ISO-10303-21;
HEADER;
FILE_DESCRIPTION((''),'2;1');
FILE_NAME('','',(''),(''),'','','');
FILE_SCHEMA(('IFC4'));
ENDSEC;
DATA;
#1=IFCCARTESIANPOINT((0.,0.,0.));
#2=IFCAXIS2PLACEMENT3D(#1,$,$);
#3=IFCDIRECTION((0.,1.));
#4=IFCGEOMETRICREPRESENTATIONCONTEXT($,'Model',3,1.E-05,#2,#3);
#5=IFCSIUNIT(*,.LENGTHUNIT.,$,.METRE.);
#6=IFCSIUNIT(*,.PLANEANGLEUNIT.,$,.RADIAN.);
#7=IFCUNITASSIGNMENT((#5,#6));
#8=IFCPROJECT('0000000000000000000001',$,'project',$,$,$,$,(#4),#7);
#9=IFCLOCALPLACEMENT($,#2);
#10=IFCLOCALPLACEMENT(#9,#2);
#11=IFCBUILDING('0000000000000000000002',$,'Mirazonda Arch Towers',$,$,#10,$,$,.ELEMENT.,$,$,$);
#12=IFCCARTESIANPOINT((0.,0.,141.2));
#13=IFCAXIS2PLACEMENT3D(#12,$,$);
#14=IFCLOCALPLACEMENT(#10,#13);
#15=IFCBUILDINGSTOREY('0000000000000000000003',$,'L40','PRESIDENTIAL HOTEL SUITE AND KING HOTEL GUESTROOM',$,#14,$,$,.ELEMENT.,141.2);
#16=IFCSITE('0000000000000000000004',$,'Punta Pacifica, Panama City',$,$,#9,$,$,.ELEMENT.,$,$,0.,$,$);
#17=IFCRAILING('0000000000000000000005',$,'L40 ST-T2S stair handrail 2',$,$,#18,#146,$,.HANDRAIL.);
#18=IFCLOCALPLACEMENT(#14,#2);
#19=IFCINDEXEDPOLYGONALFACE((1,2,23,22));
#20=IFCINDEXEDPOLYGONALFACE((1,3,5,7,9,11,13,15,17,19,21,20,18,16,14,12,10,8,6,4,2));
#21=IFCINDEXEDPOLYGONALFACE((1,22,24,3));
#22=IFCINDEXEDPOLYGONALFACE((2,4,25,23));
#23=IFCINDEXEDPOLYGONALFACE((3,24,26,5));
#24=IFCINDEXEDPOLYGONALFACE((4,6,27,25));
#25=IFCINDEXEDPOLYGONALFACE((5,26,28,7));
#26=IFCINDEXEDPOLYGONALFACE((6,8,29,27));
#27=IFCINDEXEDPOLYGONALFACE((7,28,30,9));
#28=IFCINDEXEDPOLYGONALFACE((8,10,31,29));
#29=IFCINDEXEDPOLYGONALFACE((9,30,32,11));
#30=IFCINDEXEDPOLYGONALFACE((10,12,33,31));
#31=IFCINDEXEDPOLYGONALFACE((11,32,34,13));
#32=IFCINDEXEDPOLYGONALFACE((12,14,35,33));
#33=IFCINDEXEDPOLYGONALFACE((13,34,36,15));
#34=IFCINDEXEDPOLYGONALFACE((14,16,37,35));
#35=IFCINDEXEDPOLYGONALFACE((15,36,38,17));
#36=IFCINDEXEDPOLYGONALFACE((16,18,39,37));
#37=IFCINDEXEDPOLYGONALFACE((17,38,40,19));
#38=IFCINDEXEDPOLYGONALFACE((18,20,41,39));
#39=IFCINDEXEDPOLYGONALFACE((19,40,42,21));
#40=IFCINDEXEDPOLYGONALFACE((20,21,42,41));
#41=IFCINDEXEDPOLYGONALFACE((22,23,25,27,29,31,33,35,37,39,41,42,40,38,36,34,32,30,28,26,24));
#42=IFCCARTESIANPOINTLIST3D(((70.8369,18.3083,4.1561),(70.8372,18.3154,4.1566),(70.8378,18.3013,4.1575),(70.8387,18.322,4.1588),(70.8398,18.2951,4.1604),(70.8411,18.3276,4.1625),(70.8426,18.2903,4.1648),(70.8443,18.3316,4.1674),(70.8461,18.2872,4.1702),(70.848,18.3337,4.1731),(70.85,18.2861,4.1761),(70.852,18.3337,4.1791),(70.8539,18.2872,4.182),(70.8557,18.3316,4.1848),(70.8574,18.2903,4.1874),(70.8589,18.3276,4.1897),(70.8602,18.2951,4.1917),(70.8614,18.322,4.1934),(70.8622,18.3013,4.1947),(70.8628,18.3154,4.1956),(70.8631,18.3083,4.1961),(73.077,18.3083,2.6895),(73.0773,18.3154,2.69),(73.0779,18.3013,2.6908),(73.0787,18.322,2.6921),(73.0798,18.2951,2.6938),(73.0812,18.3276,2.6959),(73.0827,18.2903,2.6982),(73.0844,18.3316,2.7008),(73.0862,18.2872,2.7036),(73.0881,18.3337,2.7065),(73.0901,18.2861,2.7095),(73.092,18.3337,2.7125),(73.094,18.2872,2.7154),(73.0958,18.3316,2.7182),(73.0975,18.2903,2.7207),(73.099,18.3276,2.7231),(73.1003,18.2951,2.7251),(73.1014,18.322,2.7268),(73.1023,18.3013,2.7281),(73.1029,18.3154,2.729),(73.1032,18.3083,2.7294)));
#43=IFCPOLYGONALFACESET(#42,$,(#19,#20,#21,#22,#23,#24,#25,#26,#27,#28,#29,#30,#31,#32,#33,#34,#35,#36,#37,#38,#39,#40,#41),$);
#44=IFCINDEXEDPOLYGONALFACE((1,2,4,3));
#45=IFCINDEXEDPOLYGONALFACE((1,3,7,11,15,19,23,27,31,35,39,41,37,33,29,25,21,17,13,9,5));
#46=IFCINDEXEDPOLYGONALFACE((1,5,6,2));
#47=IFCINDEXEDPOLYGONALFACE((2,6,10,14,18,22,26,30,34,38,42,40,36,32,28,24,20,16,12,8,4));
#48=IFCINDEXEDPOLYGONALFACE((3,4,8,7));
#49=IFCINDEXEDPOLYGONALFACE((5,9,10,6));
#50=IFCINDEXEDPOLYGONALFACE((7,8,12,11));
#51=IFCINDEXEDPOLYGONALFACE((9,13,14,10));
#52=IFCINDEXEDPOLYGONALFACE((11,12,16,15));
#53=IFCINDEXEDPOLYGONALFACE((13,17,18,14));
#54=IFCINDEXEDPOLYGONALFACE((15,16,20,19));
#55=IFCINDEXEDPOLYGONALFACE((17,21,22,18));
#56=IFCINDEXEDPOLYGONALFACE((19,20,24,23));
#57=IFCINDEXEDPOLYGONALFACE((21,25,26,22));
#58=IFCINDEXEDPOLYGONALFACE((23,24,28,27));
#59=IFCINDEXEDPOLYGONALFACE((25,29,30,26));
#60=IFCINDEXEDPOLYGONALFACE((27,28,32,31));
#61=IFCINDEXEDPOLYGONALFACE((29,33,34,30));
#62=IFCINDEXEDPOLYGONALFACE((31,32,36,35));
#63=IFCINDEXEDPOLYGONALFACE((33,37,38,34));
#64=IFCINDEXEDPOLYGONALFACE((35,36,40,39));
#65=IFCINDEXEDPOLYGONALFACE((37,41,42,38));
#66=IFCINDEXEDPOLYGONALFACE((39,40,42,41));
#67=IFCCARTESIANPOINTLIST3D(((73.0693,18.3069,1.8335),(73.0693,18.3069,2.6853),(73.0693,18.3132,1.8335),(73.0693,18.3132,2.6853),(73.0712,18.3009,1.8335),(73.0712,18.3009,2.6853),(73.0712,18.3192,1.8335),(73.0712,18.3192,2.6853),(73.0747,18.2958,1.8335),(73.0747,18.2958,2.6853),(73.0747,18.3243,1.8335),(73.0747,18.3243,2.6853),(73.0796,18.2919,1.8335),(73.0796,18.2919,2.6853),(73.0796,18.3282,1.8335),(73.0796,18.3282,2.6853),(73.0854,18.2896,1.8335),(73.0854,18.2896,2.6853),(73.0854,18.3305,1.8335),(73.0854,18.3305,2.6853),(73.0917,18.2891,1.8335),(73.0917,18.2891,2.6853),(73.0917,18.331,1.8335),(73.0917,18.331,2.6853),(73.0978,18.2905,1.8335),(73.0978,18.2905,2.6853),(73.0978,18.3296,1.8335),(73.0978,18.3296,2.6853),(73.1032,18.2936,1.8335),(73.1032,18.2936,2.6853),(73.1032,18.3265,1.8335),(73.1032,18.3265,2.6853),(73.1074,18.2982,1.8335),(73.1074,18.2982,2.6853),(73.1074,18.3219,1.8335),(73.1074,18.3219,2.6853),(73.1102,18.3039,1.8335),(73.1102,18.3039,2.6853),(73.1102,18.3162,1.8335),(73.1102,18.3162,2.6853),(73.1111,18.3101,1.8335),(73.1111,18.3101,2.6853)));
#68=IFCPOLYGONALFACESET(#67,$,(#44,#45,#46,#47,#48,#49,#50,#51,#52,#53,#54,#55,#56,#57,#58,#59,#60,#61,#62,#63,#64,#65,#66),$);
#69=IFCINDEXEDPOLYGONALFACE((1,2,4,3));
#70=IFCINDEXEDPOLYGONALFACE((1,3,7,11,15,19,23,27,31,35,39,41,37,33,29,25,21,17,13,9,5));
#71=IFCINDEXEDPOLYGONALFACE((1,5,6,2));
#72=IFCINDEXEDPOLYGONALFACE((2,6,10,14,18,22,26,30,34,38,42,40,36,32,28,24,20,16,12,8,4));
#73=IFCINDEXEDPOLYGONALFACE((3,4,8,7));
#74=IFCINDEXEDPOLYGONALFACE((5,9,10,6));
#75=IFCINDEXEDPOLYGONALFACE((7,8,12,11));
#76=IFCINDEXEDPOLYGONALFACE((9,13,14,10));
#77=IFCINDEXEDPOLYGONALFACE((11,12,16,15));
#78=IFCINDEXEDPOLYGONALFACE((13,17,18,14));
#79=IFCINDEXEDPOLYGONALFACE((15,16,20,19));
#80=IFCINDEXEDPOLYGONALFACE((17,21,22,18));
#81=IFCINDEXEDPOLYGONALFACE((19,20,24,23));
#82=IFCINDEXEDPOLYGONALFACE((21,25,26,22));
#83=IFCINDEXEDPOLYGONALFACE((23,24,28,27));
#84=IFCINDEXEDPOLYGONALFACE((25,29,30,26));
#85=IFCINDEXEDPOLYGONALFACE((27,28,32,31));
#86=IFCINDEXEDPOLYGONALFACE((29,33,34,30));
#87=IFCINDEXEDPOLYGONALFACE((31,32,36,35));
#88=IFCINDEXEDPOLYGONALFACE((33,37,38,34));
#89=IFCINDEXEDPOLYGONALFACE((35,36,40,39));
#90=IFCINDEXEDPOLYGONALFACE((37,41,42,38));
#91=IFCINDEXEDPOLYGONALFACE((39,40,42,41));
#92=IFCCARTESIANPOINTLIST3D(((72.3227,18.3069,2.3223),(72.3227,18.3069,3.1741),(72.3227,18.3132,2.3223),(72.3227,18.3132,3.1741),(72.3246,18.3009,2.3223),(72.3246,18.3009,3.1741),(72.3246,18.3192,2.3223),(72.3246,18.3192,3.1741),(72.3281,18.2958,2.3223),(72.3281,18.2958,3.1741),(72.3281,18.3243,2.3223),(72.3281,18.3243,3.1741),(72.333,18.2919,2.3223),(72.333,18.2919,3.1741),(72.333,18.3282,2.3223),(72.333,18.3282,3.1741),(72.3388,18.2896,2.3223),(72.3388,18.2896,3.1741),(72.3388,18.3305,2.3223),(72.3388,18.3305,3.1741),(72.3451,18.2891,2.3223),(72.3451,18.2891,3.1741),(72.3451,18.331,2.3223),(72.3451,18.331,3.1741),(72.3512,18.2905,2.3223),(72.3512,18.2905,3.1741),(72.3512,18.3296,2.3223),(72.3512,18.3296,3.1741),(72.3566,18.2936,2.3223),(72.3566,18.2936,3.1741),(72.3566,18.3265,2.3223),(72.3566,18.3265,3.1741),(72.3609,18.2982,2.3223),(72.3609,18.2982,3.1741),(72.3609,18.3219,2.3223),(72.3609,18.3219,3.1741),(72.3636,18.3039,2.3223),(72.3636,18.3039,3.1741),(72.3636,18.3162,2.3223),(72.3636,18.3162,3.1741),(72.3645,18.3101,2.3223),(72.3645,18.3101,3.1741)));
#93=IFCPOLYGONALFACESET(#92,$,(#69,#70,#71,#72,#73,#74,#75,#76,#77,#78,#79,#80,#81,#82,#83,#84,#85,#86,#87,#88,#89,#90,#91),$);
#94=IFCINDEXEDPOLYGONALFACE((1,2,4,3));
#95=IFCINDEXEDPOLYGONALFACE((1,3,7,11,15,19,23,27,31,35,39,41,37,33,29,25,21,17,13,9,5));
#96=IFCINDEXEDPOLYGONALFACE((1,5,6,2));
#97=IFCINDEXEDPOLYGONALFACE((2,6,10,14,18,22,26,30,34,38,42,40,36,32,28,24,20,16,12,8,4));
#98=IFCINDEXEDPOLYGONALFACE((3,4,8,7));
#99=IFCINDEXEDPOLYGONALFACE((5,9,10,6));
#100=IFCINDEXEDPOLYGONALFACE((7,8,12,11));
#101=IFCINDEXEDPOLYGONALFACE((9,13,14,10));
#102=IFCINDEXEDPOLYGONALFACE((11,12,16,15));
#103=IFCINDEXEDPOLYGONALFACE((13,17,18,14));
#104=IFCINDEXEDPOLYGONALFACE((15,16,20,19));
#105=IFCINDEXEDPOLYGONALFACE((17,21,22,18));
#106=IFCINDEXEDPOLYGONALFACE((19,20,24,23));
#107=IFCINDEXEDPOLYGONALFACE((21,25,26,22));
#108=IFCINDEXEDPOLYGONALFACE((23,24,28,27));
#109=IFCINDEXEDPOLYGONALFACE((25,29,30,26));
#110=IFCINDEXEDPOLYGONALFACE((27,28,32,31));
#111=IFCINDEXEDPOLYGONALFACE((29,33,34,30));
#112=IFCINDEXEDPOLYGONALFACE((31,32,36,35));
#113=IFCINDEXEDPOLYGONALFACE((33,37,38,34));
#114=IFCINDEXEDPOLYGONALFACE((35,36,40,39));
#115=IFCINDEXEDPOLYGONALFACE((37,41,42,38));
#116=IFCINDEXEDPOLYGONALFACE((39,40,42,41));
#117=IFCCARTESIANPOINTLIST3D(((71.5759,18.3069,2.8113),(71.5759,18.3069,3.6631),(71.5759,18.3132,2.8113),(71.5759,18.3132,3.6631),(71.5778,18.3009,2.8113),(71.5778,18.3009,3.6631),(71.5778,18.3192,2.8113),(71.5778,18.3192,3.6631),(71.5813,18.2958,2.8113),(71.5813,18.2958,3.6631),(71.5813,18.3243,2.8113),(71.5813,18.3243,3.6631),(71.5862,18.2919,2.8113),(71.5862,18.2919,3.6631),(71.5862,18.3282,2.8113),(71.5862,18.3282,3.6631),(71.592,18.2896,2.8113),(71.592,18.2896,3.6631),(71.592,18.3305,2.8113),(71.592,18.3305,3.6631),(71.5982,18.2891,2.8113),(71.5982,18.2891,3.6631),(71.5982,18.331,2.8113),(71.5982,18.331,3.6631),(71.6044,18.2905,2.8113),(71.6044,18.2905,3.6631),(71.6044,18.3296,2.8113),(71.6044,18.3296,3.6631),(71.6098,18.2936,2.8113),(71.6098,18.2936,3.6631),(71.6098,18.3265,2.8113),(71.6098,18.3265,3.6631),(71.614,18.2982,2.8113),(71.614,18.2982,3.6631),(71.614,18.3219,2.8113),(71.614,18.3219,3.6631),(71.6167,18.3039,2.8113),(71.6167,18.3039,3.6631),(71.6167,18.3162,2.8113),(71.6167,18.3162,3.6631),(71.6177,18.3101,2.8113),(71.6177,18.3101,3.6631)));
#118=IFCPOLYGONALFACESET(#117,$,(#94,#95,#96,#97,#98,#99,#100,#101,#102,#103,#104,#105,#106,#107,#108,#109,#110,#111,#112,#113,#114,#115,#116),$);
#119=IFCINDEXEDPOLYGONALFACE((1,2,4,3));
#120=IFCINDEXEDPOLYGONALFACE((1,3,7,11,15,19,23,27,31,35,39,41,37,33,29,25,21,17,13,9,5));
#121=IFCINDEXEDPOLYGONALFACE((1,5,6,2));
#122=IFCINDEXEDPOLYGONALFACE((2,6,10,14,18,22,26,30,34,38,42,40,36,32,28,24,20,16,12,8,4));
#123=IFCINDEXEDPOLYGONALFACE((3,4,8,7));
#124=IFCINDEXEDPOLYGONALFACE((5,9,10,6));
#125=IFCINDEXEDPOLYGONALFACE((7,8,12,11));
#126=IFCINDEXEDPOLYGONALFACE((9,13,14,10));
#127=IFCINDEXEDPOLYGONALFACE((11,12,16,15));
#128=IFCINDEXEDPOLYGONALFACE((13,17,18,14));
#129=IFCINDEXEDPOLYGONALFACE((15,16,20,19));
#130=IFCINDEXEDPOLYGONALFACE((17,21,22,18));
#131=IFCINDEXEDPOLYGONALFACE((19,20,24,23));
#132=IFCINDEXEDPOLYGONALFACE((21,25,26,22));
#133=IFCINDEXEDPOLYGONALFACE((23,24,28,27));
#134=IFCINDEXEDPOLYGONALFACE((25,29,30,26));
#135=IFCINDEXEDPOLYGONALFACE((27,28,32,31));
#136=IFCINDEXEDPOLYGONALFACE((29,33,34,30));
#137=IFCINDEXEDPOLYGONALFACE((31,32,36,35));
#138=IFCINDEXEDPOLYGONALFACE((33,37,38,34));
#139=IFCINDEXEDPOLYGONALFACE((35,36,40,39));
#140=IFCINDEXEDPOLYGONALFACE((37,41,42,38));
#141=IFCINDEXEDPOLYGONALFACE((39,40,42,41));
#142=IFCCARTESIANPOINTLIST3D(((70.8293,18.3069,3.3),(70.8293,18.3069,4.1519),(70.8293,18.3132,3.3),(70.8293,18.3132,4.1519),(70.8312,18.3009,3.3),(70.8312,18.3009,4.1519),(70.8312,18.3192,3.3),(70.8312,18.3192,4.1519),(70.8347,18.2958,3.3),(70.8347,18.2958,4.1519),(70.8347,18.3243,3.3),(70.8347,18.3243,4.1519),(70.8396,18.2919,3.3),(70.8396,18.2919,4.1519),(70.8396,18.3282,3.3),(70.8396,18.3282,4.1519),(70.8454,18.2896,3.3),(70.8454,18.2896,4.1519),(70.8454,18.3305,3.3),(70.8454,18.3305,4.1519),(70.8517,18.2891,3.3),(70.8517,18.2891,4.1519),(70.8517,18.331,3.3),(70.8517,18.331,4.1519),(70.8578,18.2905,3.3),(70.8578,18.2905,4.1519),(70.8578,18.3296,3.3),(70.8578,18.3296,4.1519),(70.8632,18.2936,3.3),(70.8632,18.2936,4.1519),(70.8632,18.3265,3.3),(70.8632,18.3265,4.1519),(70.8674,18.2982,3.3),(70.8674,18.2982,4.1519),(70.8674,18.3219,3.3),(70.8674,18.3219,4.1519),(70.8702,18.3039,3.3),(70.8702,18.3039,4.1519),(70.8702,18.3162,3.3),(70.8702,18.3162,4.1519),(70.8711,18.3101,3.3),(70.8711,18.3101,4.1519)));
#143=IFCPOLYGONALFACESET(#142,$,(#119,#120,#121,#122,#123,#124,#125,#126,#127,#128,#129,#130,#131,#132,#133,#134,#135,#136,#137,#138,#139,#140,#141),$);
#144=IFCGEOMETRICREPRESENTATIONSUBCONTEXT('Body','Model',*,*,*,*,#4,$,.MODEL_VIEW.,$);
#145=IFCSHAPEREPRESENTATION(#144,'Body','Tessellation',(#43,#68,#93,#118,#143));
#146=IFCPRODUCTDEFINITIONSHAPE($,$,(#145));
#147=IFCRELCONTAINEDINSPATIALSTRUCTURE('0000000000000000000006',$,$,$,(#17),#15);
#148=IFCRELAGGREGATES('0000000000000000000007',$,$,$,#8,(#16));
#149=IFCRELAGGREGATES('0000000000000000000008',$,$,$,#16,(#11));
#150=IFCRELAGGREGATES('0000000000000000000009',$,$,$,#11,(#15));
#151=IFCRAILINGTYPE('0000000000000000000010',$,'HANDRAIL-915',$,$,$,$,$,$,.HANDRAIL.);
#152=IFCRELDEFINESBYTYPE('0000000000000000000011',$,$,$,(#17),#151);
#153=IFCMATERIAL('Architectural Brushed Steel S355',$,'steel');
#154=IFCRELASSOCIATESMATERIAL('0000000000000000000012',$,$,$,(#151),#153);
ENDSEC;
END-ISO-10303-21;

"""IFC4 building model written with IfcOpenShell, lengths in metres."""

from ifc_helpers import new_model, si_unit, direction, frame, origin, origin_2d, place, context, subcontext, project, spatial, circle, extrude, material, type_object, element, save


model = new_model("IFC4")

# Units and contexts
model_context = context("Model", 3, precision=1e-05, world=origin(), true_north=direction((0.0, 1.0)))
body_context = subcontext(model_context, "Body", "Model", "MODEL_VIEW")
ifc_project = project(units=[si_unit("LENGTHUNIT", "METRE"), si_unit("PLANEANGLEUNIT", "RADIAN")], contexts=[model_context])

# Site, building, storey
site_placement = place(None, origin())
site = spatial("IfcSite", under=ifc_project, at=site_placement, Name="Punta Pacifica, Panama City", CompositionType="ELEMENT", RefElevation=0.0)
building_placement = place(site_placement, origin())
building = spatial("IfcBuilding", under=site, at=building_placement, Name="Mirazonda Arch Towers", CompositionType="ELEMENT")
storey_placement = place(building_placement, frame((0.0, 0.0, 141.2)))
storey = spatial("IfcBuildingStorey", under=building, at=storey_placement, Name="L40", Description="PRESIDENTIAL HOTEL SUITE AND KING HOTEL GUESTROOM", CompositionType="ELEMENT", Elevation=141.2)

# Railing
ifc_material_1 = material(Name="Architectural Brushed Steel S355", Category="steel")
railing_type_1 = type_object("IfcRailingType", Name="HANDRAIL-915", PredefinedType="HANDRAIL", material=ifc_material_1)
railing_1_placement = place(storey_placement, frame((73.0901, 18.3101, 1.8335)))
element("IfcRailing", 1, at=railing_1_placement, inside=storey, type_object=railing_type_1, Name="L40 ST-T2S stair handrail 2", PredefinedType="HANDRAIL", context=body_context, shape_type="SweptSolid", body=[
    extrude(circle(Radius=0.0239, at=origin_2d()), frame((0.0, 0.0, 0.876), z_axis=(-0.836637, 0.0, 0.547758), x_axis=(0.0, -1.0, 0.0)), (0.0, 0.0, 1.0), 2.6775),
    extrude(circle(Radius=0.021, at=origin_2d()), origin(), (0.0, 0.0, 1.0), 0.8518),
    extrude(circle(Radius=0.021, at=origin_2d()), frame((-0.7466, 0.0, 0.4888)), (0.0, 0.0, 1.0), 0.8518),
    extrude(circle(Radius=0.021, at=origin_2d()), frame((-1.4934, 0.0, 0.9778)), (0.0, 0.0, 1.0), 0.8518),
    extrude(circle(Radius=0.021, at=origin_2d()), frame((-2.24, 0.0, 1.4666)), (0.0, 0.0, 1.0), 0.8518),
])

save(model, "model.ifc")
